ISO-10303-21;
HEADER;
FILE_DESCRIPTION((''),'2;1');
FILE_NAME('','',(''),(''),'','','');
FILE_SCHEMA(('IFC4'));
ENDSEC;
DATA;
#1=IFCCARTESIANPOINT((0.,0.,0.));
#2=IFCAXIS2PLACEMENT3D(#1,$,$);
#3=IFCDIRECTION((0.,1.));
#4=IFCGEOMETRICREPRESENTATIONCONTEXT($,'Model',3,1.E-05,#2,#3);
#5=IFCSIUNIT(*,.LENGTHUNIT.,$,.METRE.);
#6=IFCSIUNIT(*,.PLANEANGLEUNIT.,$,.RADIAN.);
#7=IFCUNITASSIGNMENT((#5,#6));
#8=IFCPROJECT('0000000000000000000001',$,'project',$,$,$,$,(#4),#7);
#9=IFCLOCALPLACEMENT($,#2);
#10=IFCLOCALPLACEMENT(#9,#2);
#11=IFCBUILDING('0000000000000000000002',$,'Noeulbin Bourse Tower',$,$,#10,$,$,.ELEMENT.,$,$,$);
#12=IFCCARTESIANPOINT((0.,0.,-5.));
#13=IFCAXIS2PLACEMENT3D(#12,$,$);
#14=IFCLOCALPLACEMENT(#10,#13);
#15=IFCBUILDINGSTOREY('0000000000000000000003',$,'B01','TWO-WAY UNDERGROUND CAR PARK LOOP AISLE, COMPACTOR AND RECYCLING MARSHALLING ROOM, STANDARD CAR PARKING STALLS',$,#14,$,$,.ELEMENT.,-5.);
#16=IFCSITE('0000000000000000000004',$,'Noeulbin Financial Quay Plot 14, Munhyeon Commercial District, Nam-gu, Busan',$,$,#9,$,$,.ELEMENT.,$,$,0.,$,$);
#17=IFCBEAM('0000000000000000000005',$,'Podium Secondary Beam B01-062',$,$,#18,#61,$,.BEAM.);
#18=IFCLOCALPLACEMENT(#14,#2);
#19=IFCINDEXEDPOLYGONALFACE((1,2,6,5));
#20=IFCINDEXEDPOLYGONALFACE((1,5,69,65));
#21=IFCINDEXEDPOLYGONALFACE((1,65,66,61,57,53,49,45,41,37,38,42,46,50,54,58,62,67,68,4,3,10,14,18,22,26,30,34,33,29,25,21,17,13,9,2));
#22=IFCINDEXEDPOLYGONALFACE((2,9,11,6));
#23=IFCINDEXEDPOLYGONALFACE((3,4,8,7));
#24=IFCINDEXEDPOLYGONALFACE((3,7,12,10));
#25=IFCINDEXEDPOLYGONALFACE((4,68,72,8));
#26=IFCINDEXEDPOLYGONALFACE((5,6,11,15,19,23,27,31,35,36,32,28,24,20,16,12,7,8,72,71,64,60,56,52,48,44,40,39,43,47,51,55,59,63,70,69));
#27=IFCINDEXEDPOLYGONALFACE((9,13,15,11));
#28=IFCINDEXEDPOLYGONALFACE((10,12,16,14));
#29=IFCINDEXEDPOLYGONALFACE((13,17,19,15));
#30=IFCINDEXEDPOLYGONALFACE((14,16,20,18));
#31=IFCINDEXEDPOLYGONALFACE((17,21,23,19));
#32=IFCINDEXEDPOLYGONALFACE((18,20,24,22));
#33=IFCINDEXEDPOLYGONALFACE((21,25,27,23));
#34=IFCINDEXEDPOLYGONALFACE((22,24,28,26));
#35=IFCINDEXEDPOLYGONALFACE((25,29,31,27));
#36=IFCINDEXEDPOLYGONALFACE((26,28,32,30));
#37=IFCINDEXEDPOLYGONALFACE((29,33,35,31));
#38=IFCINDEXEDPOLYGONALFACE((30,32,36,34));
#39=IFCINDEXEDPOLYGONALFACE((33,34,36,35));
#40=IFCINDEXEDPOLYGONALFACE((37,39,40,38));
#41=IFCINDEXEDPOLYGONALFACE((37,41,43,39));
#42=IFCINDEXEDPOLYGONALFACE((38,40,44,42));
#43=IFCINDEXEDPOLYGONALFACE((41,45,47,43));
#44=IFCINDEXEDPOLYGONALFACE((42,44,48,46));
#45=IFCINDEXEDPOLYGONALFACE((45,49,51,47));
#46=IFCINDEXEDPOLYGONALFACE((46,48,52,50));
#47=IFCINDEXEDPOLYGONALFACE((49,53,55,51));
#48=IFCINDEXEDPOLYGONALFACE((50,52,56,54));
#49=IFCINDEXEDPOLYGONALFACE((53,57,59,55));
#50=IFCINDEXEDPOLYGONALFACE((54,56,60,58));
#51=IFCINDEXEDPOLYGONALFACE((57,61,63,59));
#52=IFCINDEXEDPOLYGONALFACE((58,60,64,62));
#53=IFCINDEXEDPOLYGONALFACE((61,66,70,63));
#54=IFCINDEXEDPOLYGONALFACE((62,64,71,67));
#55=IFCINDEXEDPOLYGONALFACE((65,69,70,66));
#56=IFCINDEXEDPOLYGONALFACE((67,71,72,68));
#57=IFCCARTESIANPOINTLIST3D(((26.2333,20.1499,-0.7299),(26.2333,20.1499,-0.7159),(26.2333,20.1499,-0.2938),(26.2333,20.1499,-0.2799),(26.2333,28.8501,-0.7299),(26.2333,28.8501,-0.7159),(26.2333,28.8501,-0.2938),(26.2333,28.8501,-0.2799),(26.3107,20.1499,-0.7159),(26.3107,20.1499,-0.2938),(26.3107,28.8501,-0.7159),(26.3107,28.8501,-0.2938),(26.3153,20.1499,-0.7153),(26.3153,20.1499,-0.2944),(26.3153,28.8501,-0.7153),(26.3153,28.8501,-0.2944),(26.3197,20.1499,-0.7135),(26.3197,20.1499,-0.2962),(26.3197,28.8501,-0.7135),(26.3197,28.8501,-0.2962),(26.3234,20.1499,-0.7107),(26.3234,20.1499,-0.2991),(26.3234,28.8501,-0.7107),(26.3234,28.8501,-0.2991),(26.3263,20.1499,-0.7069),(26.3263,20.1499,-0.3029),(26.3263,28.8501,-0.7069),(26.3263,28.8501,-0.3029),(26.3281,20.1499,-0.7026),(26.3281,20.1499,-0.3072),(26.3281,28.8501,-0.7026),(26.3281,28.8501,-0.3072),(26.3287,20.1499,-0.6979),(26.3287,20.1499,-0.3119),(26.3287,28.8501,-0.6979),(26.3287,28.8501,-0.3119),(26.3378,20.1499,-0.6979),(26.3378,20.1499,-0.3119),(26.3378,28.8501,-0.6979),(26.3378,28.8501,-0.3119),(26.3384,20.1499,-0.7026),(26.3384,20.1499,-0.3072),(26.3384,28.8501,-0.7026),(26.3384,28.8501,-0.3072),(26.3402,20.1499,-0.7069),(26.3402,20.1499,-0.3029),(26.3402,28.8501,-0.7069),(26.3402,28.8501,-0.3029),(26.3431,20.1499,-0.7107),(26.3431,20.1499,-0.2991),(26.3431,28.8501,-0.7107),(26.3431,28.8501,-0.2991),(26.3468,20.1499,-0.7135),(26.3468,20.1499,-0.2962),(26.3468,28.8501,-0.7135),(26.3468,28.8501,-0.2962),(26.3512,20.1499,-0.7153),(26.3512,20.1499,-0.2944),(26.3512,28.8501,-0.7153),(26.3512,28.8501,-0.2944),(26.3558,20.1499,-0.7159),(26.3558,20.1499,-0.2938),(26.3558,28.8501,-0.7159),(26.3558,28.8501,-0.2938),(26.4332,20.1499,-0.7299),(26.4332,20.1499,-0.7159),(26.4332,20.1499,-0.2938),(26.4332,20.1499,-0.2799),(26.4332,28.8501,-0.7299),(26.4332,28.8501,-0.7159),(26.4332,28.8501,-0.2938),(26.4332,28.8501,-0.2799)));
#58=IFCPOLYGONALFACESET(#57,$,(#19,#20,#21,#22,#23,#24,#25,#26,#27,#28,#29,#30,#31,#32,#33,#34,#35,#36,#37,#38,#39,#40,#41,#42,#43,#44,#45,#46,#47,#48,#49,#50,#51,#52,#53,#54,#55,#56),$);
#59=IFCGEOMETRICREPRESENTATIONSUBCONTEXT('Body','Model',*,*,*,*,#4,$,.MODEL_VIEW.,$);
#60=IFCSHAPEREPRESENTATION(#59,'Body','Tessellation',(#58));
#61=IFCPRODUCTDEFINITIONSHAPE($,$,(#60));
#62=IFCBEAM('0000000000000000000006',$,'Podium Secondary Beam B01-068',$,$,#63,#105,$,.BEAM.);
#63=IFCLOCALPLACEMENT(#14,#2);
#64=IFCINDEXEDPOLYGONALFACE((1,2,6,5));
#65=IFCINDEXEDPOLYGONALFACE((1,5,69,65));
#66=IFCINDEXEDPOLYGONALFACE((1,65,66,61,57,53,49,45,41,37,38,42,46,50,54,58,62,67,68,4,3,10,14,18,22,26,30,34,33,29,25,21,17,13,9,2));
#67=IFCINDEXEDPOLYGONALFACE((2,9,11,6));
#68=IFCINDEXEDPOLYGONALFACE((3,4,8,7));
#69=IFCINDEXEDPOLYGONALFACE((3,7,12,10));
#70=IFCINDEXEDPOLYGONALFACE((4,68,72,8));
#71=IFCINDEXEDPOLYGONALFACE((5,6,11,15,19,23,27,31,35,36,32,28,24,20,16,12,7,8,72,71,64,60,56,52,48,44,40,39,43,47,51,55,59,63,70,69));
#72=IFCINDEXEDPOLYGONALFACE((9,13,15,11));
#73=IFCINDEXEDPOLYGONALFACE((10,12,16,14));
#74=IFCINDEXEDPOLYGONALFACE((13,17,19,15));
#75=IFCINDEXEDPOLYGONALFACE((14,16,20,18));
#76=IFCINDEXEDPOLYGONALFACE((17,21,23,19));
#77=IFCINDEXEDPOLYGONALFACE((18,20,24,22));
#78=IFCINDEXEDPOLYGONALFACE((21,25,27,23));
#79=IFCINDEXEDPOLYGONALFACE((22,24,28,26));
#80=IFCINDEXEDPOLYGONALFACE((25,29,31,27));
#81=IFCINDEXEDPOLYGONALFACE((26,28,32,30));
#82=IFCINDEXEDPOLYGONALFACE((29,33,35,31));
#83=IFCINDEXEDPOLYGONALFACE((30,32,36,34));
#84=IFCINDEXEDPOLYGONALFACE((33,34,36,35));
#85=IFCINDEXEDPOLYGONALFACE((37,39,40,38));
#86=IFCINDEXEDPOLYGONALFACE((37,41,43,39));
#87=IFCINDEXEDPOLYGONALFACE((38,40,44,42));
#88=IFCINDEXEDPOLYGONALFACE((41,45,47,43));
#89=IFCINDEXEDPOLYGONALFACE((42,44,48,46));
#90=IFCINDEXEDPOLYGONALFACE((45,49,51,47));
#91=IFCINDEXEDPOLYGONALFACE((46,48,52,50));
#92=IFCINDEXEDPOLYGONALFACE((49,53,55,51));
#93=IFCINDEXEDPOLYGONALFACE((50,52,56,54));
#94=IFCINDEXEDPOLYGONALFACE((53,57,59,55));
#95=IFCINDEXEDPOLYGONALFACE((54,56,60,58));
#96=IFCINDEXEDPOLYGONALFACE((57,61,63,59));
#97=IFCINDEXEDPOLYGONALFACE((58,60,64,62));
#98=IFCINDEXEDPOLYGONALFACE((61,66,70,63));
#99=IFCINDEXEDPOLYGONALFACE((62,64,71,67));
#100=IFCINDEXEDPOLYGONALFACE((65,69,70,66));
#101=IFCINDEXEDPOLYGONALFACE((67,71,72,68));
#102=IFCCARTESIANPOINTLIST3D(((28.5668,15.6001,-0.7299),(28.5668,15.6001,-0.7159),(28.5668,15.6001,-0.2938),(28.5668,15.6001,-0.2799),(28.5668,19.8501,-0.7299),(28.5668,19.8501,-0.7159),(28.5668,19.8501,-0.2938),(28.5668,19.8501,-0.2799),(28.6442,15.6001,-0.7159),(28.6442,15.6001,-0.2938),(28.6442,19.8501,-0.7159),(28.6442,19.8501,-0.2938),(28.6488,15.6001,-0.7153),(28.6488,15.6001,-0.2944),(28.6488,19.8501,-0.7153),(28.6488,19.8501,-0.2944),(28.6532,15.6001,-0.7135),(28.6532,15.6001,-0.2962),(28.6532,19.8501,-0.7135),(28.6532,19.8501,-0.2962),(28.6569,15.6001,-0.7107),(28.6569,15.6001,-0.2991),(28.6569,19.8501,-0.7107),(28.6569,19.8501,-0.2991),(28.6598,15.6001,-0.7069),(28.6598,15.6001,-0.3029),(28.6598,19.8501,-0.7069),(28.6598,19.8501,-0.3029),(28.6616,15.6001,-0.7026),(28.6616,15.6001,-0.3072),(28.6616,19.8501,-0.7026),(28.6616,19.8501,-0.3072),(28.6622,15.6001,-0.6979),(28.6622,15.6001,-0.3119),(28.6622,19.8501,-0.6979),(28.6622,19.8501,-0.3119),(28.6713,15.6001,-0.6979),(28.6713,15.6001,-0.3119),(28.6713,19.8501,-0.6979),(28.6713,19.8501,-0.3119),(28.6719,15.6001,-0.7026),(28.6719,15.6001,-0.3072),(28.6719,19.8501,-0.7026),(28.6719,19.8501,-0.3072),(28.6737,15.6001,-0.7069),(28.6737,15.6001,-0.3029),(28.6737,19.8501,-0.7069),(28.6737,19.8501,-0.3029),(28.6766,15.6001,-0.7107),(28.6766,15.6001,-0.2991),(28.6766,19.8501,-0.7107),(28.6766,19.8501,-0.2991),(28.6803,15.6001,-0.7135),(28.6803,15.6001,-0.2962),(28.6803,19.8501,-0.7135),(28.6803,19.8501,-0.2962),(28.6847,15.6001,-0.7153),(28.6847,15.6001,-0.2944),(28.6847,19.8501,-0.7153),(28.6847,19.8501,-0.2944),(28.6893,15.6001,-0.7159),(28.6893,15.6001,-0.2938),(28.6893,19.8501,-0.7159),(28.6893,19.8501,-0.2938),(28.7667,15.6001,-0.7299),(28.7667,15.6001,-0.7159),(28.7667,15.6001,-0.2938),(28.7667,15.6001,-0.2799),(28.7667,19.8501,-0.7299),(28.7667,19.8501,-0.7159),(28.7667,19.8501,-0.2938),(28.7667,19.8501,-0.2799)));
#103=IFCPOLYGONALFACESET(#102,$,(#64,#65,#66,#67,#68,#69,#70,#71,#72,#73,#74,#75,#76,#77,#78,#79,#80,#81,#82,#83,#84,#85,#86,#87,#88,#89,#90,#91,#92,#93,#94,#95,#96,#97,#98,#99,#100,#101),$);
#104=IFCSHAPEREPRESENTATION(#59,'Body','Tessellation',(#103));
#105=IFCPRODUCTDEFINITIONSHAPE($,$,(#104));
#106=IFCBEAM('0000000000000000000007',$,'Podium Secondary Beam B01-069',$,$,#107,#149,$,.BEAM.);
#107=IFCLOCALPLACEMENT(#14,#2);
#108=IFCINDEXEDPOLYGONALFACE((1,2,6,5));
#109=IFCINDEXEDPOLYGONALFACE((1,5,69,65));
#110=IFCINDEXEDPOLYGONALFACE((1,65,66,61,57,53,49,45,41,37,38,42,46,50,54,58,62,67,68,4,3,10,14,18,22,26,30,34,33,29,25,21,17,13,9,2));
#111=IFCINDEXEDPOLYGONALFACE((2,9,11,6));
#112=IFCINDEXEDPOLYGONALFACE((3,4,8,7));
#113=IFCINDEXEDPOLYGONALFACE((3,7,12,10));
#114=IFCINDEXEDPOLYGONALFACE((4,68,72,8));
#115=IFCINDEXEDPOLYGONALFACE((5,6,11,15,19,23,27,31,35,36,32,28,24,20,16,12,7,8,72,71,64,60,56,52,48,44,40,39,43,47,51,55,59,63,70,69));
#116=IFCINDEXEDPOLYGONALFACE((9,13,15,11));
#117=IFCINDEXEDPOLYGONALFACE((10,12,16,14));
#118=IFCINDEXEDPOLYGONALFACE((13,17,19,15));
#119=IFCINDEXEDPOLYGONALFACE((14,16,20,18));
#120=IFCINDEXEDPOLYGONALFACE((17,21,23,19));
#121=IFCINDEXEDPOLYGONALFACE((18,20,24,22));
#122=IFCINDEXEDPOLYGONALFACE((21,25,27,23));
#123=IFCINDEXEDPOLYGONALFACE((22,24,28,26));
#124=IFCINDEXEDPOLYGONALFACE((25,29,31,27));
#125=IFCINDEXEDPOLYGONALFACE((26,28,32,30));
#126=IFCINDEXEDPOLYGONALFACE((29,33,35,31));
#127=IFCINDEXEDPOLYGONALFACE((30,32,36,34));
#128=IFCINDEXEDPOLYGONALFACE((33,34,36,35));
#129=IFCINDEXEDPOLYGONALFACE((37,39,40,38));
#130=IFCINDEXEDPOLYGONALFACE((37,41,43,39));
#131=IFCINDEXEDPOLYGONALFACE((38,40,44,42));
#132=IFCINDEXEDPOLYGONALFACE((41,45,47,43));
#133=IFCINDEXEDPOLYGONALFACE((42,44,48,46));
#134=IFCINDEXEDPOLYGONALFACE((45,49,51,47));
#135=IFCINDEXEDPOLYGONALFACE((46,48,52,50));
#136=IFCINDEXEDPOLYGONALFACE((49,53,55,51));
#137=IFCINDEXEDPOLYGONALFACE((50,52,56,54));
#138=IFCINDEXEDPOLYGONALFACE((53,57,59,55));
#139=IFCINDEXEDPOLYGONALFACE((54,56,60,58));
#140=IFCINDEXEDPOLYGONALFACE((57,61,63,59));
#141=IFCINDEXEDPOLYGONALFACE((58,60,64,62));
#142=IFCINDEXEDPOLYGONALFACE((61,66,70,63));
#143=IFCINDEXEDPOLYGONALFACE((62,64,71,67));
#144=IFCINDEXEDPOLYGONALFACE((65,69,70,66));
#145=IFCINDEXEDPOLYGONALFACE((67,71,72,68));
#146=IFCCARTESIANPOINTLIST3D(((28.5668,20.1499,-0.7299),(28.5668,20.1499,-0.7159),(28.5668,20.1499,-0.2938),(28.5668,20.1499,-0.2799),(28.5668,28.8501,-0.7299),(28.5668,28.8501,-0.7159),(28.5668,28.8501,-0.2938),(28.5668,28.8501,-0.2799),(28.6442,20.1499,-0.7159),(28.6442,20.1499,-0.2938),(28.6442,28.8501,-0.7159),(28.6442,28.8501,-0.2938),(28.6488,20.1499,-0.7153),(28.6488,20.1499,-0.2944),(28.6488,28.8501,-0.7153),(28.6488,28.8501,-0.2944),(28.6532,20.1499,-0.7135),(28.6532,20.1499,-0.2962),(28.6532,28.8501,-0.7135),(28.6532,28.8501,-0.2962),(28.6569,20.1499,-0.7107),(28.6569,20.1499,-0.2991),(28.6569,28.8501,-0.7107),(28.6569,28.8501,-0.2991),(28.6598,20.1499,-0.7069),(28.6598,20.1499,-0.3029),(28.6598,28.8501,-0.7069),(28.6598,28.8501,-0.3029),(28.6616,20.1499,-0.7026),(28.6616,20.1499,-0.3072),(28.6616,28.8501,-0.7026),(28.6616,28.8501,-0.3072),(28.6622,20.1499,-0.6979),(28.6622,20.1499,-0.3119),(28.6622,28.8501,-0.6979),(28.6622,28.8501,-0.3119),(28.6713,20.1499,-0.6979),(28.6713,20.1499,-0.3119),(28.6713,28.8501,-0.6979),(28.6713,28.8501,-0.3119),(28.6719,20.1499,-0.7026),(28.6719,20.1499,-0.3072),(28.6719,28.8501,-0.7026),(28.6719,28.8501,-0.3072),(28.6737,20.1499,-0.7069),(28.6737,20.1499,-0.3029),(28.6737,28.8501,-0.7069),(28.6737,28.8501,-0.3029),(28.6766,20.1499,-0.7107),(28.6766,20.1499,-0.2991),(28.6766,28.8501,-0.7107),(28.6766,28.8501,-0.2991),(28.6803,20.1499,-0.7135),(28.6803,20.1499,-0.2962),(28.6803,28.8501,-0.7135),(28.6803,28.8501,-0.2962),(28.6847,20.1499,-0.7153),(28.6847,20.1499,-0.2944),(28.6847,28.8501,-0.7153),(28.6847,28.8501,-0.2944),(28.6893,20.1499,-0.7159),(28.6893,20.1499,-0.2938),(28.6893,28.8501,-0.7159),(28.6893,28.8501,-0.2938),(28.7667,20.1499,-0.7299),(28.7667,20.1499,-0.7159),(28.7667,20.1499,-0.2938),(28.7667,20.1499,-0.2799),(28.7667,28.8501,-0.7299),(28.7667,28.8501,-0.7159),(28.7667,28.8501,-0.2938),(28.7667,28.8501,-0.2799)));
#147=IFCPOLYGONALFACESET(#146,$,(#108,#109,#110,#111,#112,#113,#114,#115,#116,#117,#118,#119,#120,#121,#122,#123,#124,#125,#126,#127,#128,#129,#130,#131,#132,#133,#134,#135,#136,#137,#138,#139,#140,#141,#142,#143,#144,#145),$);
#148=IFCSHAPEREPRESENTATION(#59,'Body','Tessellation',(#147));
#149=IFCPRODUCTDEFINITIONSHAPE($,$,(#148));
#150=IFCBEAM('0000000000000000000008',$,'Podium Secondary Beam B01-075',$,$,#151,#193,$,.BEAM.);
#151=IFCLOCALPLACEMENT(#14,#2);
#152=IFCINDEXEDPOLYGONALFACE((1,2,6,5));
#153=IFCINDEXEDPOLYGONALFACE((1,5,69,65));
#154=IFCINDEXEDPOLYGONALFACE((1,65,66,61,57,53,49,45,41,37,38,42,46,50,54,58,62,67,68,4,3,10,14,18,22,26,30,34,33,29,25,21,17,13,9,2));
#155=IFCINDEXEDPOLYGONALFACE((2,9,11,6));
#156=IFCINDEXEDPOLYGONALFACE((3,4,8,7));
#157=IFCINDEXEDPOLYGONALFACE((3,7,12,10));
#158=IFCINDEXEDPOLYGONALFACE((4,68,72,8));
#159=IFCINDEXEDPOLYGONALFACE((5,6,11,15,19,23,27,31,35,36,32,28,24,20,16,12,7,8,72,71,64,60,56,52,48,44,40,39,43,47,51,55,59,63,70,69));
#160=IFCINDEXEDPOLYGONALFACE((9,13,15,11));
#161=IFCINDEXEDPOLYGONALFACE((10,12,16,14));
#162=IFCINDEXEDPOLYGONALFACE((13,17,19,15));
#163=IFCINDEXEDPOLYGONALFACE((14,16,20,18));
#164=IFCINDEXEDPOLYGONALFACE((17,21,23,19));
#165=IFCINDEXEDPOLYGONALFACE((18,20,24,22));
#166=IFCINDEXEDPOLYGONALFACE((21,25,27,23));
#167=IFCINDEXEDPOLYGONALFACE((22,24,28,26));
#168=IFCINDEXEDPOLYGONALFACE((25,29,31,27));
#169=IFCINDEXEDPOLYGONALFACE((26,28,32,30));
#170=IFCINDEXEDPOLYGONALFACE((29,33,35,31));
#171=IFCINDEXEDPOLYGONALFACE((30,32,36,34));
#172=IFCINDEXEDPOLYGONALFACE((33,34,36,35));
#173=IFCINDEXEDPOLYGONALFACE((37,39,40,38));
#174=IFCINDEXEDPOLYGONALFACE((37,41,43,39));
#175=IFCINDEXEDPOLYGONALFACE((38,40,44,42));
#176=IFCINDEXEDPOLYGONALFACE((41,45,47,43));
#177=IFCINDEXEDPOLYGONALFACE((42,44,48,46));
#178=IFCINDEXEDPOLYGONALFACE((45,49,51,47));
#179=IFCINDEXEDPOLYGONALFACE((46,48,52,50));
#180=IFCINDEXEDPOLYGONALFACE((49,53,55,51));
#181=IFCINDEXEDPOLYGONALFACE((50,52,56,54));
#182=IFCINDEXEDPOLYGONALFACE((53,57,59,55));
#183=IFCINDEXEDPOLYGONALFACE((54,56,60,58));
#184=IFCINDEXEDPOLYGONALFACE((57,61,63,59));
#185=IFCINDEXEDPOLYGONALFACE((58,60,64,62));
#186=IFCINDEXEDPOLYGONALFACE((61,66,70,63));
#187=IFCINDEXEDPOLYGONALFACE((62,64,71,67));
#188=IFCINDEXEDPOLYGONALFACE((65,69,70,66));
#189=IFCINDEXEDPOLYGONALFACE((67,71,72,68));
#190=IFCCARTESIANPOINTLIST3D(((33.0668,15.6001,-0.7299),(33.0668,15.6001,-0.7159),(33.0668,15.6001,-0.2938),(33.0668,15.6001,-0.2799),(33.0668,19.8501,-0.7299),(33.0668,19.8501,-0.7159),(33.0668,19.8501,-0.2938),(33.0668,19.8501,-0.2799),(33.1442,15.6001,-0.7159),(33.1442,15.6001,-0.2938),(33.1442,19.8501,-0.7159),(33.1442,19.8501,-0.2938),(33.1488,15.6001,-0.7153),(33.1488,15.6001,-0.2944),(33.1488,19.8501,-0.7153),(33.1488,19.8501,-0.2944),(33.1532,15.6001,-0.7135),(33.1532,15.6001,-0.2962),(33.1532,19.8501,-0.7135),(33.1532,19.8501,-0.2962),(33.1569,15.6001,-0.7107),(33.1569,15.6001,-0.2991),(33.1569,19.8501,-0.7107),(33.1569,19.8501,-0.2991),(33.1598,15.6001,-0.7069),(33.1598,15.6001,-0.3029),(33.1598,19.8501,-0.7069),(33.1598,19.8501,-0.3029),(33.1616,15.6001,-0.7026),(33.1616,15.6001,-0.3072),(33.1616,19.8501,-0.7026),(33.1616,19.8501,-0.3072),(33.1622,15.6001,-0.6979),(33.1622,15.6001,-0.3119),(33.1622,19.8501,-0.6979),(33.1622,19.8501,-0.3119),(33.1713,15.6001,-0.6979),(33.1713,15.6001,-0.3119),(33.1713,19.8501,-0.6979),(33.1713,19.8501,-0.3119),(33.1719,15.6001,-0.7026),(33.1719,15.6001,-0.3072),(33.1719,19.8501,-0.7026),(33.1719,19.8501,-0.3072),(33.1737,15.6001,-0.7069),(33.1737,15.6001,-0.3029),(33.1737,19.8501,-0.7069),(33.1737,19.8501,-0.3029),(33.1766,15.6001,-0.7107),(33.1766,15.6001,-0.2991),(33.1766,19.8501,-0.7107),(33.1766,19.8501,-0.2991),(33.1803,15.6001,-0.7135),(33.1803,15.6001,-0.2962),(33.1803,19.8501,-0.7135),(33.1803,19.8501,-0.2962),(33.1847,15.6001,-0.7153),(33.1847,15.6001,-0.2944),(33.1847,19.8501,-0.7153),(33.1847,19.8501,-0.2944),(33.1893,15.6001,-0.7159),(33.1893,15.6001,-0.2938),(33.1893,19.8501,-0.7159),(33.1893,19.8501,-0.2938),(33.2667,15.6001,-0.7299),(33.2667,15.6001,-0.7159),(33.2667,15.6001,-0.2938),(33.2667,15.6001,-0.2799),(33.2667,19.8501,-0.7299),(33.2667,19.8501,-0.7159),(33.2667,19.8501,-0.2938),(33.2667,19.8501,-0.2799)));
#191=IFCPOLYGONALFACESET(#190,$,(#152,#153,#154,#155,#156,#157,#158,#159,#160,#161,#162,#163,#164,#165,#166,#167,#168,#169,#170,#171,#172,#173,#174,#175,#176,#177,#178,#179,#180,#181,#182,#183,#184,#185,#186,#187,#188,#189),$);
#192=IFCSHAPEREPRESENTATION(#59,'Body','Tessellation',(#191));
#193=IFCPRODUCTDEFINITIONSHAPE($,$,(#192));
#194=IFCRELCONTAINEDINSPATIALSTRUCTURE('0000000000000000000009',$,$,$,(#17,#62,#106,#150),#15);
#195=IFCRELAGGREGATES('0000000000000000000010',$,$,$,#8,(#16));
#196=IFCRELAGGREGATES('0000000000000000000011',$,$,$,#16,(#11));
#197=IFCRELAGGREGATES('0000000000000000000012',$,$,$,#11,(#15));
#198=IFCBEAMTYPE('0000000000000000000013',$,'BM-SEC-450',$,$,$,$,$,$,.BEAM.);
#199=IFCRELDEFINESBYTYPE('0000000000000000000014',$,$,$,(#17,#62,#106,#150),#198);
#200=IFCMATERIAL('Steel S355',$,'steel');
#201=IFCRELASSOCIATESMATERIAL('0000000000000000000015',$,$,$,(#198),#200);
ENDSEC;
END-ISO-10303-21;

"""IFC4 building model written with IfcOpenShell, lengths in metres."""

from ifc_helpers import new_model, si_unit, direction, frame, origin, origin_2d, place, context, subcontext, project, spatial, i_section, extrude, material, material_profile, profile_set, type_object, element, save


model = new_model("IFC4")

# Units and contexts
model_context = context("Model", 3, precision=1e-05, world=origin(), true_north=direction((0.0, 1.0)))
body_context = subcontext(model_context, "Body", "Model", "MODEL_VIEW")
ifc_project = project(units=[si_unit("LENGTHUNIT", "METRE"), si_unit("PLANEANGLEUNIT", "RADIAN")], contexts=[model_context])

# Site, building, storey
site_placement = place(None, origin())
site = spatial("IfcSite", under=ifc_project, at=site_placement, Name="Noeulbin Financial Quay Plot 14, Munhyeon Commercial District, Nam-gu, Busan", CompositionType="ELEMENT", RefElevation=0.0)
building_placement = place(site_placement, origin())
building = spatial("IfcBuilding", under=site, at=building_placement, Name="Noeulbin Bourse Tower", CompositionType="ELEMENT")
storey_placement = place(building_placement, frame((0.0, 0.0, -5.0)))
storey = spatial("IfcBuildingStorey", under=building, at=storey_placement, Name="B01", Description="TWO-WAY UNDERGROUND CAR PARK LOOP AISLE, COMPACTOR AND RECYCLING MARSHALLING ROOM, STANDARD CAR PARKING STALLS", CompositionType="ELEMENT", Elevation=-5.0)

# Beams
ifc_material_1 = material(Name="Steel S355", Category="steel")
ifc_material_profile_1 = material_profile(ifc_material_1, i_section(OverallWidth=0.2, OverallDepth=0.45, WebThickness=0.009, FlangeThickness=0.0139, FilletRadius=0.0181, at=origin_2d()), Name="H-450x200x9x14", Category="LoadBearing")
ifc_profile_set_1 = profile_set([ifc_material_profile_1], Name="Steel S355")
beam_type_1 = type_object("IfcBeamType", Name="BM-SEC-450", PredefinedType="BEAM", material=ifc_profile_set_1)
beam_1_placement = place(storey_placement, frame((26.3333, 20.1499, -0.5049), z_axis=(0.0, 1.0, 0.0), x_axis=(-1.0, 0.0, 0.0)))
element("IfcBeam", 1, at=beam_1_placement, inside=storey, type_object=beam_type_1, Name="Podium Secondary Beam B01-062", PredefinedType="BEAM", context=body_context, shape_type="SweptSolid", body=[
    extrude(i_section(OverallWidth=0.2, OverallDepth=0.45, WebThickness=0.009, FlangeThickness=0.0139, FilletRadius=0.0181, at=origin_2d()), origin(), (0.0, 0.0, 1.0), 8.7002),
])
beam_2_placement = place(storey_placement, frame((28.6667, 15.6001, -0.5049), z_axis=(0.0, 1.0, 0.0), x_axis=(-1.0, 0.0, 0.0)))
element("IfcBeam", 2, at=beam_2_placement, inside=storey, type_object=beam_type_1, Name="Podium Secondary Beam B01-068", PredefinedType="BEAM", context=body_context, shape_type="SweptSolid", body=[
    extrude(i_section(OverallWidth=0.2, OverallDepth=0.45, WebThickness=0.009, FlangeThickness=0.0139, FilletRadius=0.0181, at=origin_2d()), origin(), (0.0, 0.0, 1.0), 4.25),
])
beam_3_placement = place(storey_placement, frame((28.6667, 20.1499, -0.5049), z_axis=(0.0, 1.0, 0.0), x_axis=(-1.0, 0.0, 0.0)))
element("IfcBeam", 3, at=beam_3_placement, inside=storey, type_object=beam_type_1, Name="Podium Secondary Beam B01-069", PredefinedType="BEAM", context=body_context, shape_type="SweptSolid", body=[
    extrude(i_section(OverallWidth=0.2, OverallDepth=0.45, WebThickness=0.009, FlangeThickness=0.0139, FilletRadius=0.0181, at=origin_2d()), origin(), (0.0, 0.0, 1.0), 8.7002),
])
beam_4_placement = place(storey_placement, frame((33.1667, 15.6001, -0.5049), z_axis=(0.0, 1.0, 0.0), x_axis=(-1.0, 0.0, 0.0)))
element("IfcBeam", 4, at=beam_4_placement, inside=storey, type_object=beam_type_1, Name="Podium Secondary Beam B01-075", PredefinedType="BEAM", context=body_context, shape_type="SweptSolid", body=[
    extrude(i_section(OverallWidth=0.2, OverallDepth=0.45, WebThickness=0.009, FlangeThickness=0.0139, FilletRadius=0.0181, at=origin_2d()), origin(), (0.0, 0.0, 1.0), 4.25),
])

save(model, "model.ifc")
